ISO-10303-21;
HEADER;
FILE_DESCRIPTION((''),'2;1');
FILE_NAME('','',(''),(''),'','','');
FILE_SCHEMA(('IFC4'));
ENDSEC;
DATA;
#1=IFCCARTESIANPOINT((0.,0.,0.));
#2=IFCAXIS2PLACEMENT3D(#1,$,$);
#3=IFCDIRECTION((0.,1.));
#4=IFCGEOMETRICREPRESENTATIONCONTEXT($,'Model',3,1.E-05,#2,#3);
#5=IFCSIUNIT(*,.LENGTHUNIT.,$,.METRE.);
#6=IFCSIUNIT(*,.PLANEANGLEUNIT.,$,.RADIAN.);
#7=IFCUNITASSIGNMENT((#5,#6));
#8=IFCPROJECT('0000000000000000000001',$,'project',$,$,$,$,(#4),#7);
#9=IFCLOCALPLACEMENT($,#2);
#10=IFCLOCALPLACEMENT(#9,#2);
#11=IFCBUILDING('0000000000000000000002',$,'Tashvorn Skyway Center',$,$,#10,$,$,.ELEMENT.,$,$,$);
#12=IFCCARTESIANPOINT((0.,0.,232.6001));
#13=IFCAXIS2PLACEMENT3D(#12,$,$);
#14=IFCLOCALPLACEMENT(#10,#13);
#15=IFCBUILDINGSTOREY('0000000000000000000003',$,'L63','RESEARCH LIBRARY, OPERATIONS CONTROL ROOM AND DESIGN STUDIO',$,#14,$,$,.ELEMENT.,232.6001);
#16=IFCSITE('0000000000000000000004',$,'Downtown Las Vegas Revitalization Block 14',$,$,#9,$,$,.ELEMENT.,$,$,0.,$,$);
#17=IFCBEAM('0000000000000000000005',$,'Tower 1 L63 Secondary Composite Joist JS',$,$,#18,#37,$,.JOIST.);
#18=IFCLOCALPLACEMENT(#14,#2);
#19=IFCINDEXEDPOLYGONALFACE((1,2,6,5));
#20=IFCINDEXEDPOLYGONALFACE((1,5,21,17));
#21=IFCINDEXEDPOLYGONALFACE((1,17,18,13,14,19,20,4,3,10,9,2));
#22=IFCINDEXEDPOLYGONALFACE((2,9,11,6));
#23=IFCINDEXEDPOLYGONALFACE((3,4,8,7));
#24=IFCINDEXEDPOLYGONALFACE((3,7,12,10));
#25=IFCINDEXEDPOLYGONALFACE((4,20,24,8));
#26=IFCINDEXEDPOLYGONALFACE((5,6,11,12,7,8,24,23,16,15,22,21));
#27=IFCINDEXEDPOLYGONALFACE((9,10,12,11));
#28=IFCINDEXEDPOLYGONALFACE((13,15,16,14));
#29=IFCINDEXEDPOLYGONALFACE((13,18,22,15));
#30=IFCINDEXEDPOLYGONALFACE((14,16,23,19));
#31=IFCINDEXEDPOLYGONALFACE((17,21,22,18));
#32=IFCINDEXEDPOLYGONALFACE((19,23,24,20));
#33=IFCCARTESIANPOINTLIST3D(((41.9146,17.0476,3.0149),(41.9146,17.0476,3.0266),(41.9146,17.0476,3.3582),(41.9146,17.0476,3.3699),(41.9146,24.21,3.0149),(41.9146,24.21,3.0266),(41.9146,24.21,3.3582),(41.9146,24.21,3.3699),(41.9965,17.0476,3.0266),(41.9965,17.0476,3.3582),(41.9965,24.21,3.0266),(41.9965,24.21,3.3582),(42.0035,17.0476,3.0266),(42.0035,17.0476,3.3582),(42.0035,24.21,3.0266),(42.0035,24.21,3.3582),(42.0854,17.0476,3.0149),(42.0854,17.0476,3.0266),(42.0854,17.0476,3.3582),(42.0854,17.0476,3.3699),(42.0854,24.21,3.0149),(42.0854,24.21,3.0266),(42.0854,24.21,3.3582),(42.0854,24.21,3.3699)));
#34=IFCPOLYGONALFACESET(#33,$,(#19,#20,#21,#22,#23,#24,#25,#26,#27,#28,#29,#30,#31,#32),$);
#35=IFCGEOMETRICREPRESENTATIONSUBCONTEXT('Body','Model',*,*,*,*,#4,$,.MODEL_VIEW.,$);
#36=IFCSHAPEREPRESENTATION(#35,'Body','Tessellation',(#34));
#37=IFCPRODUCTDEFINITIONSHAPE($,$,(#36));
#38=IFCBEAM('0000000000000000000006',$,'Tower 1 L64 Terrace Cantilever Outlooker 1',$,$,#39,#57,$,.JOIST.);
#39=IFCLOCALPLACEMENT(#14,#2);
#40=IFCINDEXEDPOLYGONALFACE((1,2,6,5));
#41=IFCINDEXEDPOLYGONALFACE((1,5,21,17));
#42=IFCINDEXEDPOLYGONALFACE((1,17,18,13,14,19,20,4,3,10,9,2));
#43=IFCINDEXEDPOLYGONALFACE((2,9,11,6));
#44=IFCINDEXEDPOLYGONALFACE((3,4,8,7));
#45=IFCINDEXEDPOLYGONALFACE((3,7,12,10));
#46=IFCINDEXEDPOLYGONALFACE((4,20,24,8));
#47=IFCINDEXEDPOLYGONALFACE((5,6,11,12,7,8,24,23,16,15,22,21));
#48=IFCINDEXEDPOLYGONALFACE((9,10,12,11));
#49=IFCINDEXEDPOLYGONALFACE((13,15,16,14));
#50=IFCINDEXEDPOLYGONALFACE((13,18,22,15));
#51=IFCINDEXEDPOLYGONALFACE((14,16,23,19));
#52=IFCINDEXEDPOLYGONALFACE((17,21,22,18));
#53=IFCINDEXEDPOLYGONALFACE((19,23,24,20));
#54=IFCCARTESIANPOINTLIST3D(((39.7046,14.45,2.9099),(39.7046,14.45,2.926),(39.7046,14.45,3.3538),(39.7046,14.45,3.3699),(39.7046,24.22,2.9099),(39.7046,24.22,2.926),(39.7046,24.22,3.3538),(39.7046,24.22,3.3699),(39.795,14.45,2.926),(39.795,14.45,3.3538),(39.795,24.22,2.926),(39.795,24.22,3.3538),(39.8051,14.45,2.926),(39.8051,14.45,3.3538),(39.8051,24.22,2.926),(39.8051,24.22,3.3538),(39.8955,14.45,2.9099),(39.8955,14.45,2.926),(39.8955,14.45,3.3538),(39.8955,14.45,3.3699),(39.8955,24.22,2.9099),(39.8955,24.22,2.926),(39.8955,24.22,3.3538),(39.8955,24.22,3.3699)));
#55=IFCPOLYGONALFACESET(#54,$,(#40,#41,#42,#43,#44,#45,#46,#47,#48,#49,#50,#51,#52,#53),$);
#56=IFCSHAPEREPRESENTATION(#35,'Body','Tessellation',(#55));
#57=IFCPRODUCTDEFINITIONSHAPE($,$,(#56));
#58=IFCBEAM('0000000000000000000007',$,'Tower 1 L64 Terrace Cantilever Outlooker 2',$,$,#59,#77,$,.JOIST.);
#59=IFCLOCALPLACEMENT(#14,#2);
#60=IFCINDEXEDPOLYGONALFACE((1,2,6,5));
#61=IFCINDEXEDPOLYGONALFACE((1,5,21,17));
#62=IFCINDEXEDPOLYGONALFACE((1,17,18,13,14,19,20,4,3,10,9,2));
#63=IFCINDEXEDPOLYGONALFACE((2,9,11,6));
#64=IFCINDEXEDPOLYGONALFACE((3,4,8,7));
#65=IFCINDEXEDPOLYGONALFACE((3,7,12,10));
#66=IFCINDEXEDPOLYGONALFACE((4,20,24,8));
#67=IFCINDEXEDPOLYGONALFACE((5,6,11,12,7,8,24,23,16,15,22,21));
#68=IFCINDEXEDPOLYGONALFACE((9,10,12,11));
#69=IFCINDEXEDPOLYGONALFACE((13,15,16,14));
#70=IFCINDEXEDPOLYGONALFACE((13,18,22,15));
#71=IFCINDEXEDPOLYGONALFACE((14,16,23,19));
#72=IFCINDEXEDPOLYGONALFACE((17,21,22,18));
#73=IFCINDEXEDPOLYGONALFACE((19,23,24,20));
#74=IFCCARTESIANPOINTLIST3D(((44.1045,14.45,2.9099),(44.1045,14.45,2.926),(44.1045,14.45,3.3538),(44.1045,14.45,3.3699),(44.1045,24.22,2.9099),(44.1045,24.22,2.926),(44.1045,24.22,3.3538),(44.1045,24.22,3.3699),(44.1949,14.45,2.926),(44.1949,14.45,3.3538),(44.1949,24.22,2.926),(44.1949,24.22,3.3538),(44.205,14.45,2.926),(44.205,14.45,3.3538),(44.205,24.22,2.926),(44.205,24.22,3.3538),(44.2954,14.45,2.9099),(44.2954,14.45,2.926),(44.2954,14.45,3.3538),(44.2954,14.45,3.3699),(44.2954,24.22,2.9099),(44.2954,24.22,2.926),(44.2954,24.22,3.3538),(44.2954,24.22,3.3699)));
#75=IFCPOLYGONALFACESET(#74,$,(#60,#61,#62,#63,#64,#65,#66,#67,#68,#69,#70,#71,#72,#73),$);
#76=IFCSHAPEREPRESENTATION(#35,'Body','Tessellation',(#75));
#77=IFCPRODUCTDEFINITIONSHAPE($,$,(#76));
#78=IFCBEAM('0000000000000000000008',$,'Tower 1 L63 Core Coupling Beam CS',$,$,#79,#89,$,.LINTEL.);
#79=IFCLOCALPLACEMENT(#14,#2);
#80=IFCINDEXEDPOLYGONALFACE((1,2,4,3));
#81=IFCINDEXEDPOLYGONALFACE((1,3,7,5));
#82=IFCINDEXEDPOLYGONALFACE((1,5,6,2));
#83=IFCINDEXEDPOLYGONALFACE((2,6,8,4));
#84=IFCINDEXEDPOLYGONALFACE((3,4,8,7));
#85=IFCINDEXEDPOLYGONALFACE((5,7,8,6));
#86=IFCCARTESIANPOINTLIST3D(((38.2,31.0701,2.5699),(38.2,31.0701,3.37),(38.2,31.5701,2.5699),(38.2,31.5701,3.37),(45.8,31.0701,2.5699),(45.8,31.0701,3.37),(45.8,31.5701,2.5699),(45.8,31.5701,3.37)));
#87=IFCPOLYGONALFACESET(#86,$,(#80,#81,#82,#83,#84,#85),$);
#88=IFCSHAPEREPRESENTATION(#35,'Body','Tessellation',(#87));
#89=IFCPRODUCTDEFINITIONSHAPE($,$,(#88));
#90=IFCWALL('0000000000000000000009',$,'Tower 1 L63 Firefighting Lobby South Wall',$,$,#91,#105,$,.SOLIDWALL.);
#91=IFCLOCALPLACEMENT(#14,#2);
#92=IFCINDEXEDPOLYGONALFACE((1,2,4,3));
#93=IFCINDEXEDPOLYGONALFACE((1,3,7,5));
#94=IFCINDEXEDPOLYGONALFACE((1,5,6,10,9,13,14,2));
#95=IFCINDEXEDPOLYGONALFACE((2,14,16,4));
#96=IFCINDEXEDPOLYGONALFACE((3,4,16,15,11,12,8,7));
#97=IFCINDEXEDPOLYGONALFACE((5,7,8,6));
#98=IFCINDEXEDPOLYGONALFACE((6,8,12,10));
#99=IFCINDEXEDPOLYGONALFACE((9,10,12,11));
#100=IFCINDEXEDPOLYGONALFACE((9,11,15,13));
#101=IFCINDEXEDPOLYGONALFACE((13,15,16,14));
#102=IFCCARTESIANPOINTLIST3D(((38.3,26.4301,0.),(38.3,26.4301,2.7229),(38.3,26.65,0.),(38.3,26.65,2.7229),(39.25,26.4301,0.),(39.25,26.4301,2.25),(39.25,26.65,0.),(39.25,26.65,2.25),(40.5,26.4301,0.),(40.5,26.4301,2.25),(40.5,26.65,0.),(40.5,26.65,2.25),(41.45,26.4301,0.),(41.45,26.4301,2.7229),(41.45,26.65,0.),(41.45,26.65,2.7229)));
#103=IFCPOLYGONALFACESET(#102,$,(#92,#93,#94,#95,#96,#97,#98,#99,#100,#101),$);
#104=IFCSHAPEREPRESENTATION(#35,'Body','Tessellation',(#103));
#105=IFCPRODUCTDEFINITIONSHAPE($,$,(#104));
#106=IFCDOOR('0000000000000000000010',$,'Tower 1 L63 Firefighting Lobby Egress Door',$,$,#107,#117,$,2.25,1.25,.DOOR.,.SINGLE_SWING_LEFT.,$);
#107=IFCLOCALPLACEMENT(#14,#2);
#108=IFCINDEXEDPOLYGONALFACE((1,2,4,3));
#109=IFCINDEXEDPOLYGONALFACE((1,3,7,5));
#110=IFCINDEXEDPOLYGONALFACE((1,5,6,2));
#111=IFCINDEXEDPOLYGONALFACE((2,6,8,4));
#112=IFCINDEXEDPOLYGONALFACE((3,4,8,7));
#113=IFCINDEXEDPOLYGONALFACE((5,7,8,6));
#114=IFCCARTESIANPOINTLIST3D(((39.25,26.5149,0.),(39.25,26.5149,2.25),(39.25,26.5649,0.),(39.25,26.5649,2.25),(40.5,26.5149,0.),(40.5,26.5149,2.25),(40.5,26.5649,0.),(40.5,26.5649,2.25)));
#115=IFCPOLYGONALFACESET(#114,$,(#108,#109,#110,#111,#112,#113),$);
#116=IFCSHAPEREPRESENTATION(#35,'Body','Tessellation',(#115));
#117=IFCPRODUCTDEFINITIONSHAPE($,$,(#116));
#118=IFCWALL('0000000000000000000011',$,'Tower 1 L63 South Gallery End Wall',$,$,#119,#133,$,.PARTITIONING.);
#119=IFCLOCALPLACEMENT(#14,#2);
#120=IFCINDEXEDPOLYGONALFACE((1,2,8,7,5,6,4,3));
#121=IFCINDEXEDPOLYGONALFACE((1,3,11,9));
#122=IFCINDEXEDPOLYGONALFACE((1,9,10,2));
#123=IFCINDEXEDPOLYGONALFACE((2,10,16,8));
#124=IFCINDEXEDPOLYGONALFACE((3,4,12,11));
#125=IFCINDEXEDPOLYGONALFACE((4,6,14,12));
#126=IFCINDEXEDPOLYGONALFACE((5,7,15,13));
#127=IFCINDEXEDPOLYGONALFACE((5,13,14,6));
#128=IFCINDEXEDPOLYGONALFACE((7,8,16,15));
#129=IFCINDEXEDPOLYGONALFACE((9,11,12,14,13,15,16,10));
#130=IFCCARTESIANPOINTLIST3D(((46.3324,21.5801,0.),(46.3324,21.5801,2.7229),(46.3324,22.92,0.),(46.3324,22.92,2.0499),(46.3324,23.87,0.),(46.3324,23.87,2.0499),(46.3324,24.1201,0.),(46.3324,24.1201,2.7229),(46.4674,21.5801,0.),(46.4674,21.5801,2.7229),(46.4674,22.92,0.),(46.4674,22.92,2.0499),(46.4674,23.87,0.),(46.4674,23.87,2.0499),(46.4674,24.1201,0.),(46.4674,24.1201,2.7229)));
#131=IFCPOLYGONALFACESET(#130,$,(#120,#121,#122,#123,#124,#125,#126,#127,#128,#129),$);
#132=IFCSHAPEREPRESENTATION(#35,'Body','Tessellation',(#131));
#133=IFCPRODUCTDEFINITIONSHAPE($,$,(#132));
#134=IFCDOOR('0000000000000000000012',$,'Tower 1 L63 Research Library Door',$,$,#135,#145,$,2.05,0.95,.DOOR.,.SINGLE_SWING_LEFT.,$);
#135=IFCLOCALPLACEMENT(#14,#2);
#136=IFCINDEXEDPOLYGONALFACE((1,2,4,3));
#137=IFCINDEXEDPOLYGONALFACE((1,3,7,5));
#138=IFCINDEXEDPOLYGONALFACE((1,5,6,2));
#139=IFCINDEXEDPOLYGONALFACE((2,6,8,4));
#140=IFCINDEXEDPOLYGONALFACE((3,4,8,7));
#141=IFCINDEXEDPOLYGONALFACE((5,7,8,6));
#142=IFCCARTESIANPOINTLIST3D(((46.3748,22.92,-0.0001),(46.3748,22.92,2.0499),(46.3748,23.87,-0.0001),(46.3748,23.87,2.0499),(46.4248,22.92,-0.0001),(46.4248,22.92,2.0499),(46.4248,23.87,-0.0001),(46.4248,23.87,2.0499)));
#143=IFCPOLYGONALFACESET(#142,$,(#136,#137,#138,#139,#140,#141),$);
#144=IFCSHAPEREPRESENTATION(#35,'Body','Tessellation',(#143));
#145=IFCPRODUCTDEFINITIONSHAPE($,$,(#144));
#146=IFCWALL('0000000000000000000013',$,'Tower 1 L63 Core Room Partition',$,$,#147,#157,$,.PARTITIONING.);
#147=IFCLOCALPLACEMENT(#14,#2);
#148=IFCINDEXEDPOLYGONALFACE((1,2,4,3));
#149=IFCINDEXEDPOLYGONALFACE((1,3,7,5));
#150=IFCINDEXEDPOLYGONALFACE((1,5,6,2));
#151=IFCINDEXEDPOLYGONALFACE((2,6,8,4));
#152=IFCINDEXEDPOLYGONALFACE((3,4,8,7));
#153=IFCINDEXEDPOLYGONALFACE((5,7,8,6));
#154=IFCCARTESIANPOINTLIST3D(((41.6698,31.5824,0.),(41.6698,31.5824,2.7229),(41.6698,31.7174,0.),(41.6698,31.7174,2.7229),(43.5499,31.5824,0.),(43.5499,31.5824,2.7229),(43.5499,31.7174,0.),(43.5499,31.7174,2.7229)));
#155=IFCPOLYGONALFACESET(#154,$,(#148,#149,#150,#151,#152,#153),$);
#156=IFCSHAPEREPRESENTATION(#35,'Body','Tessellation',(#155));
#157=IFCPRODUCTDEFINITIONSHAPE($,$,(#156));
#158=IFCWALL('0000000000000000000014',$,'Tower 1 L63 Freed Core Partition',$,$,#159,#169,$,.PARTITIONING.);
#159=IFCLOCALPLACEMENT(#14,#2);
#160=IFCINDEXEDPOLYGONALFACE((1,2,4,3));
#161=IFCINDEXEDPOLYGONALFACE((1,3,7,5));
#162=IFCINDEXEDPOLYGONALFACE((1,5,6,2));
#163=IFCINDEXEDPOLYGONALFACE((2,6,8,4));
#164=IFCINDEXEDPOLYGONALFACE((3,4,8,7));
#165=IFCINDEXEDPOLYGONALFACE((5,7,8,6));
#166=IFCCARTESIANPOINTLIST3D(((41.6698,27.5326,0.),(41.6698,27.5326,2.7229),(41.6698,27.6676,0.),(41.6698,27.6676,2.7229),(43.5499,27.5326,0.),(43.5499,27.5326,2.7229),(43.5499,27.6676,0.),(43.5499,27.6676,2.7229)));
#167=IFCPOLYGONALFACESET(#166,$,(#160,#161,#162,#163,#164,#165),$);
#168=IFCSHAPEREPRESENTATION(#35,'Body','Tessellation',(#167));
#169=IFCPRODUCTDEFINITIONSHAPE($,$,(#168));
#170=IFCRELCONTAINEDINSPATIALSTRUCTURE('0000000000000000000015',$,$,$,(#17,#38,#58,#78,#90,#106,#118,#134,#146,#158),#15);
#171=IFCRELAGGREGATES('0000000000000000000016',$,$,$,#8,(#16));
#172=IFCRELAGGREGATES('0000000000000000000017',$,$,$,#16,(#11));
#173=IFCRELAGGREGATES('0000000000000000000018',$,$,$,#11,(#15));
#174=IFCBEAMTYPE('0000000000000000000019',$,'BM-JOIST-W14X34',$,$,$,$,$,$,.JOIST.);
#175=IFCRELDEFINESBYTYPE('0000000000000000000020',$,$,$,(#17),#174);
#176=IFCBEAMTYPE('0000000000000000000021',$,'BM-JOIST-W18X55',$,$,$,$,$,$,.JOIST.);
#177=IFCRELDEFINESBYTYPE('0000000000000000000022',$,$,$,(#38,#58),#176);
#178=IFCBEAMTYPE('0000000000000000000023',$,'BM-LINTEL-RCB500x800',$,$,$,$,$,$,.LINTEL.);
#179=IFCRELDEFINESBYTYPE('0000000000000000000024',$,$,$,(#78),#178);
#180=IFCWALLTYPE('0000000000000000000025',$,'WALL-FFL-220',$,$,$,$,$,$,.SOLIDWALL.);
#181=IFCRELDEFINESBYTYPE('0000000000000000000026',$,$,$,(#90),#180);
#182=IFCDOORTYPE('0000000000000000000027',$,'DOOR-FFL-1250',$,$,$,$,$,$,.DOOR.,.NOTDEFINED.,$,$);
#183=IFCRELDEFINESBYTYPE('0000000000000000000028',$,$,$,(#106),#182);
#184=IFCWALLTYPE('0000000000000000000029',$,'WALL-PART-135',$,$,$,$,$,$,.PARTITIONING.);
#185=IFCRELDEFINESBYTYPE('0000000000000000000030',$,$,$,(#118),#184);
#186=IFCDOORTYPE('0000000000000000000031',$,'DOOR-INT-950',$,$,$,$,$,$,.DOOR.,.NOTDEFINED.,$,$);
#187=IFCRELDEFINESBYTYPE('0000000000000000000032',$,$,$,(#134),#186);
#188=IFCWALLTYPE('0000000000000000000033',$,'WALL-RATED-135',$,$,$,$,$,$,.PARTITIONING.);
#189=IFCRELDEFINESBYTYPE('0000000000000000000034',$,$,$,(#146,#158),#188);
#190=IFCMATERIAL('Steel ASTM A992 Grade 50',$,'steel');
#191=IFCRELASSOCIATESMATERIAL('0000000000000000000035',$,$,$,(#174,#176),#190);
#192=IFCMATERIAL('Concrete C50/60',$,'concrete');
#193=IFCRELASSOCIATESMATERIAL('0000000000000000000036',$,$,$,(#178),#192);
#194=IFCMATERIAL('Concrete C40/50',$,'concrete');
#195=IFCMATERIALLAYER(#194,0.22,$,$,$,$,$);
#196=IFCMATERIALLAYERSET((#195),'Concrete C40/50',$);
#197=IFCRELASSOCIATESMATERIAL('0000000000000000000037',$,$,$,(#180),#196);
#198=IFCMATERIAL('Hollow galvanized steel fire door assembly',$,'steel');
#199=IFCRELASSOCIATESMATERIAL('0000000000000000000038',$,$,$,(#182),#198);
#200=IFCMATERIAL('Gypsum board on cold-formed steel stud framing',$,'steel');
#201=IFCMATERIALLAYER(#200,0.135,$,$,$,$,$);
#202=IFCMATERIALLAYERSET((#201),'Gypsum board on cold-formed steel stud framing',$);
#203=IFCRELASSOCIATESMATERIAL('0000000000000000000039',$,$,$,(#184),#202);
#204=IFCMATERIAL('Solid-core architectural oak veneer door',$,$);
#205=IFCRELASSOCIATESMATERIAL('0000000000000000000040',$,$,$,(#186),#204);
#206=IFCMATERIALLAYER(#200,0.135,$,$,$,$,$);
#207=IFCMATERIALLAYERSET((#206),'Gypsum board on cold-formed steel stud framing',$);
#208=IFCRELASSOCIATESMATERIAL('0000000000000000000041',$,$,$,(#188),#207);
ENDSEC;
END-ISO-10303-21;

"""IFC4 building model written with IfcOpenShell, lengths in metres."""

from ifc_helpers import new_model, si_unit, direction, frame, frame_2d, origin, origin_2d, place, context, subcontext, project, spatial, rectangle, i_section, extrude, material, layer, layer_set, material_profile, profile_set, type_object, element, fill, save


model = new_model("IFC4")

# Units and contexts
model_context = context("Model", 3, precision=1e-05, world=origin(), true_north=direction((0.0, 1.0)))
body_context = subcontext(model_context, "Body", "Model", "MODEL_VIEW")
ifc_project = project(units=[si_unit("LENGTHUNIT", "METRE"), si_unit("PLANEANGLEUNIT", "RADIAN")], contexts=[model_context])

# Site, building, storey
site_placement = place(None, origin())
site = spatial("IfcSite", under=ifc_project, at=site_placement, Name="Downtown Las Vegas Revitalization Block 14", CompositionType="ELEMENT", RefElevation=0.0)
building_placement = place(site_placement, origin())
building = spatial("IfcBuilding", under=site, at=building_placement, Name="Tashvorn Skyway Center", CompositionType="ELEMENT")
storey_placement = place(building_placement, frame((0.0, 0.0, 232.6001)))
storey = spatial("IfcBuildingStorey", under=building, at=storey_placement, Name="L63", Description="RESEARCH LIBRARY, OPERATIONS CONTROL ROOM AND DESIGN STUDIO", CompositionType="ELEMENT", Elevation=232.6001)

# Beams
ifc_material_1 = material(Name="Steel ASTM A992 Grade 50", Category="steel")
ifc_material_profile_1 = material_profile(ifc_material_1, i_section(OverallWidth=0.1709, OverallDepth=0.355, WebThickness=0.0071, FlangeThickness=0.0117, at=origin_2d()), Name="W14X34")
ifc_profile_set_1 = profile_set([ifc_material_profile_1], Name="Steel ASTM A992 Grade 50")
beam_type_1 = type_object("IfcBeamType", Name="BM-JOIST-W14X34", PredefinedType="JOIST", material=ifc_profile_set_1)
beam_1_placement = place(storey_placement, frame((42.0, 24.21, 3.1924), z_axis=(0.0, -1.0, 0.0), x_axis=(1.0, 0.0, 0.0)))
element("IfcBeam", 1, at=beam_1_placement, inside=storey, type_object=beam_type_1, Name="Tower 1 L63 Secondary Composite Joist JS", PredefinedType="JOIST", context=body_context, shape_type="SweptSolid", body=[
    extrude(i_section(OverallWidth=0.1709, OverallDepth=0.355, WebThickness=0.0071, FlangeThickness=0.0117, at=origin_2d()), origin(), (0.0, 0.0, 1.0), 7.1624),
])
ifc_material_profile_2 = material_profile(ifc_material_1, i_section(OverallWidth=0.1909, OverallDepth=0.46, WebThickness=0.01, FlangeThickness=0.0161, at=origin_2d()), Name="W18X55")
ifc_profile_set_2 = profile_set([ifc_material_profile_2], Name="Steel ASTM A992 Grade 50")
beam_type_2 = type_object("IfcBeamType", Name="BM-JOIST-W18X55", PredefinedType="JOIST", material=ifc_profile_set_2)
for number, where, z_axis, x_axis, name in (
    (2, (39.8, 24.22, 3.1399), (0.0, -1.0, 0.0), (1.0, 0.0, 0.0), "Tower 1 L64 Terrace Cantilever Outlooker 1"),
    (3, (44.2, 24.22, 3.1399), (0.0, -1.0, 0.0), (1.0, 0.0, 0.0), "Tower 1 L64 Terrace Cantilever Outlooker 2"),
):
    element("IfcBeam", number, at=place(storey_placement, frame(where, z_axis=z_axis, x_axis=x_axis)), inside=storey, type_object=beam_type_2, Name=name, PredefinedType="JOIST", context=body_context, shape_type="SweptSolid", body=[
        extrude(i_section(OverallWidth=0.1909, OverallDepth=0.46, WebThickness=0.01, FlangeThickness=0.0161, at=origin_2d()), origin(), (0.0, 0.0, 1.0), 9.77),
    ])
ifc_material_2 = material(Name="Concrete C50/60", Category="concrete")
ifc_material_profile_3 = material_profile(ifc_material_2, rectangle(XDim=0.5, YDim=0.8, at=origin_2d()), Name="RCB500x800")
ifc_profile_set_3 = profile_set([ifc_material_profile_3], Name="Concrete C50/60")
beam_type_3 = type_object("IfcBeamType", Name="BM-LINTEL-RCB500x800", PredefinedType="LINTEL", material=ifc_profile_set_3)
beam_2_placement = place(storey_placement, frame((38.2, 31.3201, 2.97), z_axis=(1.0, 0.0, 0.0), x_axis=(0.0, 1.0, 0.0)))
element("IfcBeam", 4, at=beam_2_placement, inside=storey, type_object=beam_type_3, Name="Tower 1 L63 Core Coupling Beam CS", PredefinedType="LINTEL", context=body_context, shape_type="SweptSolid", body=[
    extrude(rectangle(XDim=0.5, YDim=0.8, at=origin_2d()), origin(), (0.0, 0.0, 1.0), 7.6001),
])

# Walls, openings, doors
ifc_material_3 = material(Name="Concrete C40/50", Category="concrete")
ifc_layer_1 = layer(ifc_material_3, 0.22)
ifc_layer_set_1 = layer_set([ifc_layer_1], Name="Concrete C40/50")
wall_type_1 = type_object("IfcWallType", Name="WALL-FFL-220", PredefinedType="SOLIDWALL", material=ifc_layer_set_1)
wall_1_placement = place(storey_placement, frame((38.3, 26.54, 0.0), z_axis=(0.0, 0.0, 1.0), x_axis=(1.0, 0.0, 0.0)))
wall_1 = element("IfcWall", 5, at=wall_1_placement, inside=storey, type_object=wall_type_1, Name="Tower 1 L63 Firefighting Lobby South Wall", PredefinedType="SOLIDWALL", context=body_context, shape_type="SweptSolid", body=[
    extrude(rectangle(XDim=3.1499, YDim=0.22, at=frame_2d((1.575, 0.0))), origin(), (0.0, 0.0, 1.0), 2.7229),
])
opening_1_placement = place(wall_1_placement, frame((0.95, 0.0, 0.0)))
opening_1 = element("IfcOpeningElement", 6, at=opening_1_placement, cuts=wall_1, PredefinedType="OPENING", context=body_context, shape_type="SweptSolid", body=[
    extrude(rectangle(XDim=1.25, YDim=2.25, at=frame_2d((0.625, 1.125))), frame((0.0, 0.1199, 0.0), z_axis=(0.0, -1.0, 0.0), x_axis=(1.0, 0.0, 0.0)), (0.0, 0.0, 1.0), 0.24),
])
ifc_material_4 = material(Name="Hollow galvanized steel fire door assembly", Category="steel")
door_type_1 = type_object("IfcDoorType", Name="DOOR-FFL-1250", OperationType="NOTDEFINED", PredefinedType="DOOR", material=ifc_material_4)
door_1_placement = place(opening_1_placement, origin())
door_1 = element("IfcDoor", 7, at=door_1_placement, inside=storey, type_object=door_type_1, Name="Tower 1 L63 Firefighting Lobby Egress Door", OperationType="SINGLE_SWING_LEFT", OverallHeight=2.25, OverallWidth=1.25, PredefinedType="DOOR", context=body_context, shape_type="SweptSolid", body=[
    extrude(rectangle(XDim=1.25, YDim=2.25, at=frame_2d((0.625, 1.125))), frame((0.0, 0.0249, 0.0), z_axis=(0.0, -1.0, 0.0), x_axis=(1.0, 0.0, 0.0)), (0.0, 0.0, 1.0), 0.05),
])
fill(opening_1, door_1)
ifc_material_5 = material(Name="Gypsum board on cold-formed steel stud framing", Category="steel")
ifc_layer_2 = layer(ifc_material_5, 0.135)
ifc_layer_set_2 = layer_set([ifc_layer_2], Name="Gypsum board on cold-formed steel stud framing")
wall_type_2 = type_object("IfcWallType", Name="WALL-PART-135", PredefinedType="PARTITIONING", material=ifc_layer_set_2)
wall_2_placement = place(storey_placement, frame((46.3999, 24.1201, 0.0), z_axis=(0.0, 0.0, 1.0), x_axis=(0.0, -1.0, 0.0)))
wall_2 = element("IfcWall", 8, at=wall_2_placement, inside=storey, type_object=wall_type_2, Name="Tower 1 L63 South Gallery End Wall", PredefinedType="PARTITIONING", context=body_context, shape_type="SweptSolid", body=[
    extrude(rectangle(XDim=2.54, YDim=0.135, at=frame_2d((1.27, 0.0))), origin(), (0.0, 0.0, 1.0), 2.7229),
])
opening_2_placement = place(wall_2_placement, frame((0.25, 0.0, 0.0)))
opening_2 = element("IfcOpeningElement", 9, at=opening_2_placement, cuts=wall_2, PredefinedType="OPENING", context=body_context, shape_type="SweptSolid", body=[
    extrude(rectangle(XDim=0.95, YDim=2.05, at=frame_2d((0.4751, 1.0249))), frame((0.0, 0.0774, 0.0), z_axis=(0.0, -1.0, 0.0), x_axis=(1.0, 0.0, 0.0)), (0.0, 0.0, 1.0), 0.155),
])
ifc_material_6 = material(Name="Solid-core architectural oak veneer door")
door_type_2 = type_object("IfcDoorType", Name="DOOR-INT-950", OperationType="NOTDEFINED", PredefinedType="DOOR", material=ifc_material_6)
door_2_placement = place(opening_2_placement, origin())
door_2 = element("IfcDoor", 10, at=door_2_placement, inside=storey, type_object=door_type_2, Name="Tower 1 L63 Research Library Door", OperationType="SINGLE_SWING_LEFT", OverallHeight=2.05, OverallWidth=0.95, PredefinedType="DOOR", context=body_context, shape_type="SweptSolid", body=[
    extrude(rectangle(XDim=0.95, YDim=2.05, at=frame_2d((0.4751, 1.0249))), frame((0.0, 0.0249, 0.0), z_axis=(0.0, -1.0, 0.0), x_axis=(1.0, 0.0, 0.0)), (0.0, 0.0, 1.0), 0.05),
])
fill(opening_2, door_2)

# Walls
ifc_layer_3 = layer(ifc_material_5, 0.135)
ifc_layer_set_3 = layer_set([ifc_layer_3], Name="Gypsum board on cold-formed steel stud framing")
wall_type_3 = type_object("IfcWallType", Name="WALL-RATED-135", PredefinedType="PARTITIONING", material=ifc_layer_set_3)
for number, where, z_axis, x_axis, name in (
    (11, (41.6699, 31.6499, 0.0), (0.0, 0.0, 1.0), (1.0, 0.0, 0.0), "Tower 1 L63 Core Room Partition"),
    (12, (41.6699, 27.6001, 0.0), (0.0, 0.0, 1.0), (1.0, 0.0, 0.0), "Tower 1 L63 Freed Core Partition"),
):
    element("IfcWall", number, at=place(storey_placement, frame(where, z_axis=z_axis, x_axis=x_axis)), inside=storey, type_object=wall_type_3, Name=name, PredefinedType="PARTITIONING", context=body_context, shape_type="SweptSolid", body=[
        extrude(rectangle(XDim=1.8801, YDim=0.135, at=frame_2d((0.9399, 0.0))), origin(), (0.0, 0.0, 1.0), 2.7229),
    ])

save(model, "model.ifc")
